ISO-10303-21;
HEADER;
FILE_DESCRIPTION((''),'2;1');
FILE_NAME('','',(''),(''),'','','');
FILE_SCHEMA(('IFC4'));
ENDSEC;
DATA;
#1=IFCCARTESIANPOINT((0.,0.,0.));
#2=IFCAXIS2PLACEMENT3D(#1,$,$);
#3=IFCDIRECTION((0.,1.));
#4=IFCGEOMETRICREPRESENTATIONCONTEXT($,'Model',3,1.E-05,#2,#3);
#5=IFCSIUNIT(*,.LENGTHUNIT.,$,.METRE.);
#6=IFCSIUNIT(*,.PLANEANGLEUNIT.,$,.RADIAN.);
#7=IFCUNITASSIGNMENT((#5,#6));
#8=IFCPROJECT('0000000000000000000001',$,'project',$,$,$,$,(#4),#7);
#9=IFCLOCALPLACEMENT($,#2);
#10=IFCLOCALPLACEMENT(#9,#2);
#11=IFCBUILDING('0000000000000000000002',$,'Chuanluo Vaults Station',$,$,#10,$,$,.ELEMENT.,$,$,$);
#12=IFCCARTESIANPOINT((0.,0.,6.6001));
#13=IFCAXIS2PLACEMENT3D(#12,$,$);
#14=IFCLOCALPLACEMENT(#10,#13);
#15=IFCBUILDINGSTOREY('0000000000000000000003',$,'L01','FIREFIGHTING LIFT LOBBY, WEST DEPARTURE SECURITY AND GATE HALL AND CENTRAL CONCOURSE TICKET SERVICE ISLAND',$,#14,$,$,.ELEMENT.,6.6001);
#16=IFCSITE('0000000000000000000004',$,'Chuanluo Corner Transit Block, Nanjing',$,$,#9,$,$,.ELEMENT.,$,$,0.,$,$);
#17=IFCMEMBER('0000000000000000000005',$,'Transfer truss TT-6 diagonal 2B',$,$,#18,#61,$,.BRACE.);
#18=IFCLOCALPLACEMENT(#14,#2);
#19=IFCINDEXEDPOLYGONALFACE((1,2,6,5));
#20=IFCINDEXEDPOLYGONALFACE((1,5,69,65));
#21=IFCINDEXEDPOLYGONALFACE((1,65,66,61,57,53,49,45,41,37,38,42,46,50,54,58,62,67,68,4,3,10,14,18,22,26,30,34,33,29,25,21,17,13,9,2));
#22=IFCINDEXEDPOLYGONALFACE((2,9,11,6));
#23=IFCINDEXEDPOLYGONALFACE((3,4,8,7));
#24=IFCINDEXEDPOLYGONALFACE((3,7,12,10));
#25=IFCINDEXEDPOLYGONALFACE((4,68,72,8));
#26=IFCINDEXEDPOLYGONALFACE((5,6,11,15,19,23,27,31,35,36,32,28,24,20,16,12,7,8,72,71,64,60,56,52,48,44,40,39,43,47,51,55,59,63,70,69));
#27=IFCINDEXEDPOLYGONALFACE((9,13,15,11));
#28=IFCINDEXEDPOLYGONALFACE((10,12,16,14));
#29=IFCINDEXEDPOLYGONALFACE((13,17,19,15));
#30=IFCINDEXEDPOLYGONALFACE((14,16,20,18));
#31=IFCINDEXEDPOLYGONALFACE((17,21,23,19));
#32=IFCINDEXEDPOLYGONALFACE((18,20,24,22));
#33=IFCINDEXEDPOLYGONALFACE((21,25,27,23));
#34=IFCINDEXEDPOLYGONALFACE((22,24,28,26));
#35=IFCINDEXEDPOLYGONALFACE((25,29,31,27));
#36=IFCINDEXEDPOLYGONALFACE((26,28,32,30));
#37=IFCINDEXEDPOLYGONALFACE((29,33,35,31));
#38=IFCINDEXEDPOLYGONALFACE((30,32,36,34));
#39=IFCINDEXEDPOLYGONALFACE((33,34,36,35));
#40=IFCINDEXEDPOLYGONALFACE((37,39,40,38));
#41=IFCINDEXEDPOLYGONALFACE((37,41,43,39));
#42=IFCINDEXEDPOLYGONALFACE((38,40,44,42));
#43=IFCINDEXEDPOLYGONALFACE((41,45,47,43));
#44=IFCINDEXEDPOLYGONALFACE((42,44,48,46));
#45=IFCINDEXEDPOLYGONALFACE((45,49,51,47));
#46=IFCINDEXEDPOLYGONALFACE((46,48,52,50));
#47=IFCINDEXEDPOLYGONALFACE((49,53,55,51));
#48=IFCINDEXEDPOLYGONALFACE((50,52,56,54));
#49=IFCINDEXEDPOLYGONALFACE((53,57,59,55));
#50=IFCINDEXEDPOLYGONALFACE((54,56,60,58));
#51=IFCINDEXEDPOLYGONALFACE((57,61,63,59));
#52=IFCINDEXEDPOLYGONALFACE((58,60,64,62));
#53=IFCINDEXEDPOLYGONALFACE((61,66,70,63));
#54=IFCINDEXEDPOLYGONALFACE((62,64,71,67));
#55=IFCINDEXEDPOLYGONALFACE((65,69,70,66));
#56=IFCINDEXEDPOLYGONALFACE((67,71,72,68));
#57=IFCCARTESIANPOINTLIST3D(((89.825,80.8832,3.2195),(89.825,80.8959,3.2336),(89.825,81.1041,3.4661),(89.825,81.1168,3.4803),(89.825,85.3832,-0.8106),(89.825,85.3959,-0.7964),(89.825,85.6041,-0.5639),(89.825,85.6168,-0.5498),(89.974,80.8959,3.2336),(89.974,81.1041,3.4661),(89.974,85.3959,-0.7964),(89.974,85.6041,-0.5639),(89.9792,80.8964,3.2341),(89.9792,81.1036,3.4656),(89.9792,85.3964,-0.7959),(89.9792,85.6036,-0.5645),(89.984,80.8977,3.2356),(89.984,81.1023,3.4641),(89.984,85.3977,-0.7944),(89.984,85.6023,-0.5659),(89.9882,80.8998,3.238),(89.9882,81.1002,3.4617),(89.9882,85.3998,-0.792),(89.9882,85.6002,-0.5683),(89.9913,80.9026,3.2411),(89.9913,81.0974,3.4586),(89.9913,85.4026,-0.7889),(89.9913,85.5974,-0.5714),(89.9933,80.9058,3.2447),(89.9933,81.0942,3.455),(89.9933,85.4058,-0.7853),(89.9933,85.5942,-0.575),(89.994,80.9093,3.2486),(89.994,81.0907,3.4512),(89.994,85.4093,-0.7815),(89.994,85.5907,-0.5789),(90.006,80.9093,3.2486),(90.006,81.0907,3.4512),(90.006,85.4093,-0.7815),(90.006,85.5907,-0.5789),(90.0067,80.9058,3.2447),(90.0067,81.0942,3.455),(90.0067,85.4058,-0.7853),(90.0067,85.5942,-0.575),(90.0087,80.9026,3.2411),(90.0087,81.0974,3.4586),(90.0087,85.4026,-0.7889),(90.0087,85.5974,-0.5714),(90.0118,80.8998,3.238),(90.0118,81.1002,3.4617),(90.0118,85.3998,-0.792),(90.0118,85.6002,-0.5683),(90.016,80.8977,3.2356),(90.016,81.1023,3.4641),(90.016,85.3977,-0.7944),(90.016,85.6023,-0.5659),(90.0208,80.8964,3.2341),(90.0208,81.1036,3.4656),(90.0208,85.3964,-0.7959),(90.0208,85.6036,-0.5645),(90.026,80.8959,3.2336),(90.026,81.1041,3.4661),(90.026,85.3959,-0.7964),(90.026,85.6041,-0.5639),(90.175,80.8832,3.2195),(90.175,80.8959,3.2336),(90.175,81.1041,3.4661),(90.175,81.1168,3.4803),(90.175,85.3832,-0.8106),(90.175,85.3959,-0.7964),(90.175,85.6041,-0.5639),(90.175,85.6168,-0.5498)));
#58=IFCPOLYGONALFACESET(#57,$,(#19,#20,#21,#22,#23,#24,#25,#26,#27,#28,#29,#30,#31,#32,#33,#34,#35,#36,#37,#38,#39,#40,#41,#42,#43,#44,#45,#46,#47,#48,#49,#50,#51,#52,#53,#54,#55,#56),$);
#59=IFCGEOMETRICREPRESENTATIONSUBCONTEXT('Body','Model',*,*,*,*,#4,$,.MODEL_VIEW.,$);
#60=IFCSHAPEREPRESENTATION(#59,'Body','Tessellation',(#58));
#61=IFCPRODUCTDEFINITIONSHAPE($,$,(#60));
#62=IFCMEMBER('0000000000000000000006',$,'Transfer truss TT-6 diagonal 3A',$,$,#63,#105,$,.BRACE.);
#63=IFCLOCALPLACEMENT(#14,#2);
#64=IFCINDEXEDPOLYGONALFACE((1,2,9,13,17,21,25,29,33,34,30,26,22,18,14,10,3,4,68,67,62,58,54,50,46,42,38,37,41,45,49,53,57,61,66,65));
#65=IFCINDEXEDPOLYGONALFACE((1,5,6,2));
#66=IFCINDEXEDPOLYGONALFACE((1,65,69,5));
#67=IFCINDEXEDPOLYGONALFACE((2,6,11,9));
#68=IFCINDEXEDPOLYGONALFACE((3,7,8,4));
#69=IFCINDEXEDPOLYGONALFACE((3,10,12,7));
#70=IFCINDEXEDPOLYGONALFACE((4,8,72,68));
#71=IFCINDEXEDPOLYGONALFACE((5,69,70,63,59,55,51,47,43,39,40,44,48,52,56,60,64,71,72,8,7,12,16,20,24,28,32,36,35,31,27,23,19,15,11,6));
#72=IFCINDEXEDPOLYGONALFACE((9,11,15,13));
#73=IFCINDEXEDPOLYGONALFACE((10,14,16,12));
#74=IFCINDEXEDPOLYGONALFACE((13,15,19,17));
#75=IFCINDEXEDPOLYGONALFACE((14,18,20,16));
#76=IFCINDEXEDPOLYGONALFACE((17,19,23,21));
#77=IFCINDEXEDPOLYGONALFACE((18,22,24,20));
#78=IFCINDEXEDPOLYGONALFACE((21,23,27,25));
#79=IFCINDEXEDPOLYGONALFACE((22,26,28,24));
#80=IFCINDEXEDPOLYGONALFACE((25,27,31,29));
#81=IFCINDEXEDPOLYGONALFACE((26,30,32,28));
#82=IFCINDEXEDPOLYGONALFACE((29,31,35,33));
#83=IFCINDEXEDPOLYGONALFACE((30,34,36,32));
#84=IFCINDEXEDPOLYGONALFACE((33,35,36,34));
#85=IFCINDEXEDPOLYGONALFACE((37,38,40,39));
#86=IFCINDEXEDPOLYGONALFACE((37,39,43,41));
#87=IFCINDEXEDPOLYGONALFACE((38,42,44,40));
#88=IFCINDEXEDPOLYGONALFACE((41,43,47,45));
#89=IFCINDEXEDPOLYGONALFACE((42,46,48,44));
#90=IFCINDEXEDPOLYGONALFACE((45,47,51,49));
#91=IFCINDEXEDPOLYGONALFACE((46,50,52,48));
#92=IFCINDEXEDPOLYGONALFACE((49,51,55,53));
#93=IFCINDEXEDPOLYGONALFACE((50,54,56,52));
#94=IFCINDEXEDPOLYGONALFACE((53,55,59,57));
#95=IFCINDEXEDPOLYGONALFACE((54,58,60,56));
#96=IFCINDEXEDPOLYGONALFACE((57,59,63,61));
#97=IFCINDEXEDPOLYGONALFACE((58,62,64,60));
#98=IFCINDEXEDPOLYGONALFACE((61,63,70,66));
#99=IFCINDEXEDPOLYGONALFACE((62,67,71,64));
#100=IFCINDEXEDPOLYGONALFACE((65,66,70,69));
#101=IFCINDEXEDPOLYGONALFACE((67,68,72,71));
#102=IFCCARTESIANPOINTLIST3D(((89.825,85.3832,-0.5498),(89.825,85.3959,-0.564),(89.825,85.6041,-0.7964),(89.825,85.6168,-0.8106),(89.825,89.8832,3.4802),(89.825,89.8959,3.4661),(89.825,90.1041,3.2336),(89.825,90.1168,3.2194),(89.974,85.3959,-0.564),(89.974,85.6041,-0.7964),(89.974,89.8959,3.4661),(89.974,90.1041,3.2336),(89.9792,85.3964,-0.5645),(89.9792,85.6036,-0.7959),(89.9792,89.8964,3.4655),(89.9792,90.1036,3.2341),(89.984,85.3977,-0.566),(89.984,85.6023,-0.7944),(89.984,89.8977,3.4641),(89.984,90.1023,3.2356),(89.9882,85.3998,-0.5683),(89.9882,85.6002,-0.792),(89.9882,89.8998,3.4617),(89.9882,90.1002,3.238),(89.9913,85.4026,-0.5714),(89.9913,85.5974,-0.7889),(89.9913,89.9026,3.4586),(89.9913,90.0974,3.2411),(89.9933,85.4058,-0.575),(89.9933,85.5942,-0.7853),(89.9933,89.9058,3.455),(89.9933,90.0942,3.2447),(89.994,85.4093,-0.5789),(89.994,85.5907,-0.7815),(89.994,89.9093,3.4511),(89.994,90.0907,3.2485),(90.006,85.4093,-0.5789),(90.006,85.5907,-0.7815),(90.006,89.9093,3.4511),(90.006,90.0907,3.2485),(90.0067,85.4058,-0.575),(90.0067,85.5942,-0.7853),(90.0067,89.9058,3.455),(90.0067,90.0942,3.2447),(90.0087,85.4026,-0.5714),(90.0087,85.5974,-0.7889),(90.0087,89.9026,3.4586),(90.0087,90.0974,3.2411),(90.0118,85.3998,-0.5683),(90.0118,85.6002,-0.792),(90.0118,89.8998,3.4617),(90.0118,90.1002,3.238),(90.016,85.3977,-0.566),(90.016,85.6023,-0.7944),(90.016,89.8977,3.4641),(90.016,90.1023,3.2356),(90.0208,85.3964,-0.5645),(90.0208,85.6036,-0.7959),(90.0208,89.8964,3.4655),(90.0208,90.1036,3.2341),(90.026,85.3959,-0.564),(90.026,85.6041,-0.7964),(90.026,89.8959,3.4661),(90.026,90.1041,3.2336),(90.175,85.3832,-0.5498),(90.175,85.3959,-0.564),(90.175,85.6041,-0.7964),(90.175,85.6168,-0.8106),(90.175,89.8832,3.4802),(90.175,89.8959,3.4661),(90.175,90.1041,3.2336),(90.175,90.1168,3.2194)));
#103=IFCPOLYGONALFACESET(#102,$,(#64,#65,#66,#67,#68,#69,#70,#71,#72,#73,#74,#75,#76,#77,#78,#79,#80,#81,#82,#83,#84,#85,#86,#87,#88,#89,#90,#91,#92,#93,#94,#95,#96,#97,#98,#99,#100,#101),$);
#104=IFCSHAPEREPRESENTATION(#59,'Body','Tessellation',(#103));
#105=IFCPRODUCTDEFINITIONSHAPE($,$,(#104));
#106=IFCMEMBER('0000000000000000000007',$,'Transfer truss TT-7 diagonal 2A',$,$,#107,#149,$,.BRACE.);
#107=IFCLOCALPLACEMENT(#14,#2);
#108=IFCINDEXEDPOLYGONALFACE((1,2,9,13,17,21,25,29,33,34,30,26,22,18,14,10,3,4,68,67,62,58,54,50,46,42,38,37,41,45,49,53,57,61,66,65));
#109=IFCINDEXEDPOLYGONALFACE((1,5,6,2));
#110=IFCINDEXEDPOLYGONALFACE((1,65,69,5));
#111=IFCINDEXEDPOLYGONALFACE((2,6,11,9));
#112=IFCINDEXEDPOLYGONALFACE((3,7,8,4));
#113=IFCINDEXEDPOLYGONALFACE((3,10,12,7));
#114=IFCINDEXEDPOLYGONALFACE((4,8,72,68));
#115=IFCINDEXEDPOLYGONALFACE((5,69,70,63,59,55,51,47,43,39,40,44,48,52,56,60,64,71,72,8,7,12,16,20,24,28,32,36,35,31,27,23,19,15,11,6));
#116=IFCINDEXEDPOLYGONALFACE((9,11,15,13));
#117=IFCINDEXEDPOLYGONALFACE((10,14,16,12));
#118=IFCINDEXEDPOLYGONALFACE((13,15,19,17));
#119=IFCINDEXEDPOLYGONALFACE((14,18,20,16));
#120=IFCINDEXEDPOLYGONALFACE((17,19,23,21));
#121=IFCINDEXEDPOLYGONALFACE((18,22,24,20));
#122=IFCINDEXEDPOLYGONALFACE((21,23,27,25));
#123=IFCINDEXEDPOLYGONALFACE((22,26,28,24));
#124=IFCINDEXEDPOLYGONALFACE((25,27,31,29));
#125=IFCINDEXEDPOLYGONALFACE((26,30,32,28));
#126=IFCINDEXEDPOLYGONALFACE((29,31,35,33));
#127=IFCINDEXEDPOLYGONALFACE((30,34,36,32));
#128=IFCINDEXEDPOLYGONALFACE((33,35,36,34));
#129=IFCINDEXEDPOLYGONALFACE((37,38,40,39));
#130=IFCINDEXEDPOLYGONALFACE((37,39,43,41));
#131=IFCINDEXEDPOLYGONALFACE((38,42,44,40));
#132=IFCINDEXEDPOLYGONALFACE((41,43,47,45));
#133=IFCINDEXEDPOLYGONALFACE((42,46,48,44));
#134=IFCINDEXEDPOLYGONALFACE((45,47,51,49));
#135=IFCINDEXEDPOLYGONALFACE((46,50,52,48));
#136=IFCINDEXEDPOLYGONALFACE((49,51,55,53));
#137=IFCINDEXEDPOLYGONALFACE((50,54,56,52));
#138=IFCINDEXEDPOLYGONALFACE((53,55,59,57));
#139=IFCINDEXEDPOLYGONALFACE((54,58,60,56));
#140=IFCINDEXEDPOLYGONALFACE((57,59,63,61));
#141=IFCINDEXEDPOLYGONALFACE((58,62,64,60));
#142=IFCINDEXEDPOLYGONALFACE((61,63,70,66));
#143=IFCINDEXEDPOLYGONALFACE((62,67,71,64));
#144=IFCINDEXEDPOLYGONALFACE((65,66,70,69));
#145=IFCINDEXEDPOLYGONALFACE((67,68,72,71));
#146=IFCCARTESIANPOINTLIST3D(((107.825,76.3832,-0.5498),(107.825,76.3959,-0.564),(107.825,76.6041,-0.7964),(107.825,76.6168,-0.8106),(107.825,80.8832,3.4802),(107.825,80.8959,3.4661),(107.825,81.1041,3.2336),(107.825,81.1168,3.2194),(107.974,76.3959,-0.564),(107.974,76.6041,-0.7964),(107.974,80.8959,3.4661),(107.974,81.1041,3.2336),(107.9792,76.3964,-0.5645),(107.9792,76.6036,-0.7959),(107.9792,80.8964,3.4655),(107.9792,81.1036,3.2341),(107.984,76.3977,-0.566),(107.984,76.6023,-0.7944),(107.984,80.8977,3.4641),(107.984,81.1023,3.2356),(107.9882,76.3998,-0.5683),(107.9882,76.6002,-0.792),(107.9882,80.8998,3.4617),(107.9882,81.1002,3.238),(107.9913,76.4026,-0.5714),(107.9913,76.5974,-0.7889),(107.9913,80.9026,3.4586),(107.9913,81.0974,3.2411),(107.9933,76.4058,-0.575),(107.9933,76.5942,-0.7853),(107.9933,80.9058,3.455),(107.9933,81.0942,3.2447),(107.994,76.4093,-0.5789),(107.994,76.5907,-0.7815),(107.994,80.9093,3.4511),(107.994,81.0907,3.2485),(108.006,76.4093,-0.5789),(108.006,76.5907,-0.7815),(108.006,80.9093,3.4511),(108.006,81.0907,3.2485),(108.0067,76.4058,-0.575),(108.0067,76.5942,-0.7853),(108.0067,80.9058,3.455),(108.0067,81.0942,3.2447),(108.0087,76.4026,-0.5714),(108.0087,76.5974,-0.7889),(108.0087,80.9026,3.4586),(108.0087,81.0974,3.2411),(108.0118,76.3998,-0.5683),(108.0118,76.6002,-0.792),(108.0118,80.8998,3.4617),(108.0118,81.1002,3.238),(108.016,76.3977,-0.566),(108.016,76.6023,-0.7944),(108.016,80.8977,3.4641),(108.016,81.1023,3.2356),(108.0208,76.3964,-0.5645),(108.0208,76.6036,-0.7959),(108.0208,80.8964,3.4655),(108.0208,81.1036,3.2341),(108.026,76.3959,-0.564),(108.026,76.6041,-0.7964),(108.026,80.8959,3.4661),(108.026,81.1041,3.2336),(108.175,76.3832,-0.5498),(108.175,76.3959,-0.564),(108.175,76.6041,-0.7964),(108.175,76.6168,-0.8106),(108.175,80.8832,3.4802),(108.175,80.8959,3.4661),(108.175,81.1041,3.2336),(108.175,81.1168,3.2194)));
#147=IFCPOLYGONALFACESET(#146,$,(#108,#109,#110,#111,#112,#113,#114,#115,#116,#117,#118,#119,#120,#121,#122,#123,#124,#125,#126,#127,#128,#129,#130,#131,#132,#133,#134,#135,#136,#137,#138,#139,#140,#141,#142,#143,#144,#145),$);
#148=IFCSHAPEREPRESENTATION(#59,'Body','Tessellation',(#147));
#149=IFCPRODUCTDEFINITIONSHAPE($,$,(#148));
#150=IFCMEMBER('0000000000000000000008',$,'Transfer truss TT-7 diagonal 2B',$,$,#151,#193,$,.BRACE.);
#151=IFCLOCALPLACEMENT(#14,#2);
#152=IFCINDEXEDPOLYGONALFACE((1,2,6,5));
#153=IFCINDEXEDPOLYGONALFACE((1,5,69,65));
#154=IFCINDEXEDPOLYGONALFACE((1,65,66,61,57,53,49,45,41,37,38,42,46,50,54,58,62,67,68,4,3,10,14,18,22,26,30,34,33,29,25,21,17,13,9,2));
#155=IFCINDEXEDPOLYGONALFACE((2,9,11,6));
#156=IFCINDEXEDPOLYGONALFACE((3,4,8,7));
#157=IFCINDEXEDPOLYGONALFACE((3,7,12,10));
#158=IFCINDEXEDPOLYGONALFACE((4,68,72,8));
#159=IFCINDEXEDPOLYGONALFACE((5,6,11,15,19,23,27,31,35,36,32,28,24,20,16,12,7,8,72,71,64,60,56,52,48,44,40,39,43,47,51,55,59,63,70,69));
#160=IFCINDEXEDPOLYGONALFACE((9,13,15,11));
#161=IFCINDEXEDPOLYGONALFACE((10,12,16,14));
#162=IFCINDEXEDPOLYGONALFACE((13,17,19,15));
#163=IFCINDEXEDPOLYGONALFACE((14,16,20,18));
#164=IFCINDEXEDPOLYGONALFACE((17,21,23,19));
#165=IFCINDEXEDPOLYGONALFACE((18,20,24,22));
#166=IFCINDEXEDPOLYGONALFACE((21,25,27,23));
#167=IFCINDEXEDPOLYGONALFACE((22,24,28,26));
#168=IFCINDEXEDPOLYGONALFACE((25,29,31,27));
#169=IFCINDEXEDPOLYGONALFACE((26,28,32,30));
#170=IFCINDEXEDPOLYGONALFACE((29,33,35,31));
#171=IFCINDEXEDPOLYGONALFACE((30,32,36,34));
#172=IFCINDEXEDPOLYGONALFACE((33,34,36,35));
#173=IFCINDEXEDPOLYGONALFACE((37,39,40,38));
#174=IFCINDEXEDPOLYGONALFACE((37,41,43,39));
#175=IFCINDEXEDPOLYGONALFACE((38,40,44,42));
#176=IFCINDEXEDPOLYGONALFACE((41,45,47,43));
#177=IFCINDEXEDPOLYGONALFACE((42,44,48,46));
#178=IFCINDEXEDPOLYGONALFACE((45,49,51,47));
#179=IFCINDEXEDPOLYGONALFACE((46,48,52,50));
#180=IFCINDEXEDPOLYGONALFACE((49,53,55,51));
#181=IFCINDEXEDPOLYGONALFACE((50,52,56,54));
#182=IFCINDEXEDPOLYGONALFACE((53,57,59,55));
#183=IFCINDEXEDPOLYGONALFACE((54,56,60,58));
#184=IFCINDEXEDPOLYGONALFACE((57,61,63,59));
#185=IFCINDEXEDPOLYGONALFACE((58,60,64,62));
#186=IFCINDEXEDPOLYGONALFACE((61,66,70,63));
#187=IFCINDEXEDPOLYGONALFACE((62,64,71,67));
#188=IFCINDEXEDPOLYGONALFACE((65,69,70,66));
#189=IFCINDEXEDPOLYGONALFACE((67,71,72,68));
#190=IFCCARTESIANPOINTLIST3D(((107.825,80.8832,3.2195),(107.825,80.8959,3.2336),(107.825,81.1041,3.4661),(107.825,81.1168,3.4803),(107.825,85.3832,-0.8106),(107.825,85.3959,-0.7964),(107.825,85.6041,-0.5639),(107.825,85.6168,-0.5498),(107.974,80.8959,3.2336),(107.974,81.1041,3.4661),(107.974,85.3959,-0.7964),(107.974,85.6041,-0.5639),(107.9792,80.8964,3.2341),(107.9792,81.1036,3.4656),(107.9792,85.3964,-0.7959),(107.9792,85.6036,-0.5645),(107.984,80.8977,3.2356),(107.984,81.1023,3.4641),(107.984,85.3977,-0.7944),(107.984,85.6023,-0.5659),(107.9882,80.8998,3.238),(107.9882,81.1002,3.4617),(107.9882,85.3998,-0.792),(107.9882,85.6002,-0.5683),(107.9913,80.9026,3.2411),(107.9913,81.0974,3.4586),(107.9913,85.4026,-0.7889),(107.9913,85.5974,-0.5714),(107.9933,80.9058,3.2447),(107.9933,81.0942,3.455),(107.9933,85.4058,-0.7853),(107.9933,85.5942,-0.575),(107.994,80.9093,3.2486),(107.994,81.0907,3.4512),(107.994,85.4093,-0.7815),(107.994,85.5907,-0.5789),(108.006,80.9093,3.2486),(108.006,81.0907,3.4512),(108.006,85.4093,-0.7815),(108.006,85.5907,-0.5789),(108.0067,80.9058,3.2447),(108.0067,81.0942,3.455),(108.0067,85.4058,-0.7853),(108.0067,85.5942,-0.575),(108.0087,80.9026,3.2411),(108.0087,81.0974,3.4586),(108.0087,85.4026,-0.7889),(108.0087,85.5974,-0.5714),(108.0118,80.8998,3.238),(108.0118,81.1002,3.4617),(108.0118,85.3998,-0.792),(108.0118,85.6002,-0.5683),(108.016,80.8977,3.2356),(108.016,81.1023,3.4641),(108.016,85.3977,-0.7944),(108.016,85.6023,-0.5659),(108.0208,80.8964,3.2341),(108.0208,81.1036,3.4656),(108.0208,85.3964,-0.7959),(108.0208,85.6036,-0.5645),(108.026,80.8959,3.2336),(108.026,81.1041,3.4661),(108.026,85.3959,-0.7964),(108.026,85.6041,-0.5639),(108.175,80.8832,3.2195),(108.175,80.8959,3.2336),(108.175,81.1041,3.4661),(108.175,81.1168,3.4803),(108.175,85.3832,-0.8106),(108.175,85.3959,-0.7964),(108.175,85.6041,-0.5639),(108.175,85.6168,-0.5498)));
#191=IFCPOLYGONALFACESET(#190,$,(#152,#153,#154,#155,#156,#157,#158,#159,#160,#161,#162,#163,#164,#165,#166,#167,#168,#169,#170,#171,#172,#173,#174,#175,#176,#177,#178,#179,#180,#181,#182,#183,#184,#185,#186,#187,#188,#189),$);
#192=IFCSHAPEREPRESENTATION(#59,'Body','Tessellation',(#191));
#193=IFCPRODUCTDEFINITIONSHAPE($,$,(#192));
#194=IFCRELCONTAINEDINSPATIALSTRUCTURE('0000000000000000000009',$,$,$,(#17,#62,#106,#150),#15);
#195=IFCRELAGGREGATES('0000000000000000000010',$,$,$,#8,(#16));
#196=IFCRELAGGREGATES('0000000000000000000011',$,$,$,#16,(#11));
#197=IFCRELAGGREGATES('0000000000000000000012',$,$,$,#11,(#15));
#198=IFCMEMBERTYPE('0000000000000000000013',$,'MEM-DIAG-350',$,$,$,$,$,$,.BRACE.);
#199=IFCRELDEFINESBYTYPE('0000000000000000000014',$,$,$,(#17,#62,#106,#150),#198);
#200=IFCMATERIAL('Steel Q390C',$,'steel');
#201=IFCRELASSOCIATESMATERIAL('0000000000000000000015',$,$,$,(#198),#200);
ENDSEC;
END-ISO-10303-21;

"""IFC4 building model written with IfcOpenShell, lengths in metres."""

from ifc_helpers import new_model, si_unit, direction, frame, origin, origin_2d, place, context, subcontext, project, spatial, i_section, extrude, material, material_profile, profile_set, type_object, element, save


model = new_model("IFC4")

# Units and contexts
model_context = context("Model", 3, precision=1e-05, world=origin(), true_north=direction((0.0, 1.0)))
body_context = subcontext(model_context, "Body", "Model", "MODEL_VIEW")
ifc_project = project(units=[si_unit("LENGTHUNIT", "METRE"), si_unit("PLANEANGLEUNIT", "RADIAN")], contexts=[model_context])

# Site, building, storey
site_placement = place(None, origin())
site = spatial("IfcSite", under=ifc_project, at=site_placement, Name="Chuanluo Corner Transit Block, Nanjing", CompositionType="ELEMENT", RefElevation=0.0)
building_placement = place(site_placement, origin())
building = spatial("IfcBuilding", under=site, at=building_placement, Name="Chuanluo Vaults Station", CompositionType="ELEMENT")
storey_placement = place(building_placement, frame((0.0, 0.0, 6.6001)))
storey = spatial("IfcBuildingStorey", under=building, at=storey_placement, Name="L01", Description="FIREFIGHTING LIFT LOBBY, WEST DEPARTURE SECURITY AND GATE HALL AND CENTRAL CONCOURSE TICKET SERVICE ISLAND", CompositionType="ELEMENT", Elevation=6.6001)

# Members
ifc_material_1 = material(Name="Steel Q390C", Category="steel")
ifc_material_profile_1 = material_profile(ifc_material_1, i_section(OverallWidth=0.3501, OverallDepth=0.3501, WebThickness=0.012, FlangeThickness=0.019, FilletRadius=0.02, at=origin_2d()))
ifc_profile_set_1 = profile_set([ifc_material_profile_1], Name="Steel Q390C")
member_type_1 = type_object("IfcMemberType", Name="MEM-DIAG-350", PredefinedType="BRACE", material=ifc_profile_set_1)
for number, where, z_axis, x_axis, name in (
    (1, (90.0, 81.0, 3.3499), (0.0, 0.744936, -0.667136), (-1.0, 0.0, 0.0), "Transfer truss TT-6 diagonal 2B"),
    (2, (90.0, 85.5, -0.6802), (0.0, 0.744936, 0.667136), (-1.0, 0.0, 0.0), "Transfer truss TT-6 diagonal 3A"),
    (3, (108.0, 76.5, -0.6802), (0.0, 0.744936, 0.667136), (-1.0, 0.0, 0.0), "Transfer truss TT-7 diagonal 2A"),
    (4, (108.0, 81.0, 3.3499), (0.0, 0.744936, -0.667136), (-1.0, 0.0, 0.0), "Transfer truss TT-7 diagonal 2B"),
):
    element("IfcMember", number, at=place(storey_placement, frame(where, z_axis=z_axis, x_axis=x_axis)), inside=storey, type_object=member_type_1, Name=name, PredefinedType="BRACE", context=body_context, shape_type="SweptSolid", body=[
        extrude(i_section(OverallWidth=0.3501, OverallDepth=0.3501, WebThickness=0.012, FlangeThickness=0.019, FilletRadius=0.02, at=origin_2d()), origin(), (0.0, 0.0, 1.0), 6.0408),
    ])

save(model, "model.ifc")
